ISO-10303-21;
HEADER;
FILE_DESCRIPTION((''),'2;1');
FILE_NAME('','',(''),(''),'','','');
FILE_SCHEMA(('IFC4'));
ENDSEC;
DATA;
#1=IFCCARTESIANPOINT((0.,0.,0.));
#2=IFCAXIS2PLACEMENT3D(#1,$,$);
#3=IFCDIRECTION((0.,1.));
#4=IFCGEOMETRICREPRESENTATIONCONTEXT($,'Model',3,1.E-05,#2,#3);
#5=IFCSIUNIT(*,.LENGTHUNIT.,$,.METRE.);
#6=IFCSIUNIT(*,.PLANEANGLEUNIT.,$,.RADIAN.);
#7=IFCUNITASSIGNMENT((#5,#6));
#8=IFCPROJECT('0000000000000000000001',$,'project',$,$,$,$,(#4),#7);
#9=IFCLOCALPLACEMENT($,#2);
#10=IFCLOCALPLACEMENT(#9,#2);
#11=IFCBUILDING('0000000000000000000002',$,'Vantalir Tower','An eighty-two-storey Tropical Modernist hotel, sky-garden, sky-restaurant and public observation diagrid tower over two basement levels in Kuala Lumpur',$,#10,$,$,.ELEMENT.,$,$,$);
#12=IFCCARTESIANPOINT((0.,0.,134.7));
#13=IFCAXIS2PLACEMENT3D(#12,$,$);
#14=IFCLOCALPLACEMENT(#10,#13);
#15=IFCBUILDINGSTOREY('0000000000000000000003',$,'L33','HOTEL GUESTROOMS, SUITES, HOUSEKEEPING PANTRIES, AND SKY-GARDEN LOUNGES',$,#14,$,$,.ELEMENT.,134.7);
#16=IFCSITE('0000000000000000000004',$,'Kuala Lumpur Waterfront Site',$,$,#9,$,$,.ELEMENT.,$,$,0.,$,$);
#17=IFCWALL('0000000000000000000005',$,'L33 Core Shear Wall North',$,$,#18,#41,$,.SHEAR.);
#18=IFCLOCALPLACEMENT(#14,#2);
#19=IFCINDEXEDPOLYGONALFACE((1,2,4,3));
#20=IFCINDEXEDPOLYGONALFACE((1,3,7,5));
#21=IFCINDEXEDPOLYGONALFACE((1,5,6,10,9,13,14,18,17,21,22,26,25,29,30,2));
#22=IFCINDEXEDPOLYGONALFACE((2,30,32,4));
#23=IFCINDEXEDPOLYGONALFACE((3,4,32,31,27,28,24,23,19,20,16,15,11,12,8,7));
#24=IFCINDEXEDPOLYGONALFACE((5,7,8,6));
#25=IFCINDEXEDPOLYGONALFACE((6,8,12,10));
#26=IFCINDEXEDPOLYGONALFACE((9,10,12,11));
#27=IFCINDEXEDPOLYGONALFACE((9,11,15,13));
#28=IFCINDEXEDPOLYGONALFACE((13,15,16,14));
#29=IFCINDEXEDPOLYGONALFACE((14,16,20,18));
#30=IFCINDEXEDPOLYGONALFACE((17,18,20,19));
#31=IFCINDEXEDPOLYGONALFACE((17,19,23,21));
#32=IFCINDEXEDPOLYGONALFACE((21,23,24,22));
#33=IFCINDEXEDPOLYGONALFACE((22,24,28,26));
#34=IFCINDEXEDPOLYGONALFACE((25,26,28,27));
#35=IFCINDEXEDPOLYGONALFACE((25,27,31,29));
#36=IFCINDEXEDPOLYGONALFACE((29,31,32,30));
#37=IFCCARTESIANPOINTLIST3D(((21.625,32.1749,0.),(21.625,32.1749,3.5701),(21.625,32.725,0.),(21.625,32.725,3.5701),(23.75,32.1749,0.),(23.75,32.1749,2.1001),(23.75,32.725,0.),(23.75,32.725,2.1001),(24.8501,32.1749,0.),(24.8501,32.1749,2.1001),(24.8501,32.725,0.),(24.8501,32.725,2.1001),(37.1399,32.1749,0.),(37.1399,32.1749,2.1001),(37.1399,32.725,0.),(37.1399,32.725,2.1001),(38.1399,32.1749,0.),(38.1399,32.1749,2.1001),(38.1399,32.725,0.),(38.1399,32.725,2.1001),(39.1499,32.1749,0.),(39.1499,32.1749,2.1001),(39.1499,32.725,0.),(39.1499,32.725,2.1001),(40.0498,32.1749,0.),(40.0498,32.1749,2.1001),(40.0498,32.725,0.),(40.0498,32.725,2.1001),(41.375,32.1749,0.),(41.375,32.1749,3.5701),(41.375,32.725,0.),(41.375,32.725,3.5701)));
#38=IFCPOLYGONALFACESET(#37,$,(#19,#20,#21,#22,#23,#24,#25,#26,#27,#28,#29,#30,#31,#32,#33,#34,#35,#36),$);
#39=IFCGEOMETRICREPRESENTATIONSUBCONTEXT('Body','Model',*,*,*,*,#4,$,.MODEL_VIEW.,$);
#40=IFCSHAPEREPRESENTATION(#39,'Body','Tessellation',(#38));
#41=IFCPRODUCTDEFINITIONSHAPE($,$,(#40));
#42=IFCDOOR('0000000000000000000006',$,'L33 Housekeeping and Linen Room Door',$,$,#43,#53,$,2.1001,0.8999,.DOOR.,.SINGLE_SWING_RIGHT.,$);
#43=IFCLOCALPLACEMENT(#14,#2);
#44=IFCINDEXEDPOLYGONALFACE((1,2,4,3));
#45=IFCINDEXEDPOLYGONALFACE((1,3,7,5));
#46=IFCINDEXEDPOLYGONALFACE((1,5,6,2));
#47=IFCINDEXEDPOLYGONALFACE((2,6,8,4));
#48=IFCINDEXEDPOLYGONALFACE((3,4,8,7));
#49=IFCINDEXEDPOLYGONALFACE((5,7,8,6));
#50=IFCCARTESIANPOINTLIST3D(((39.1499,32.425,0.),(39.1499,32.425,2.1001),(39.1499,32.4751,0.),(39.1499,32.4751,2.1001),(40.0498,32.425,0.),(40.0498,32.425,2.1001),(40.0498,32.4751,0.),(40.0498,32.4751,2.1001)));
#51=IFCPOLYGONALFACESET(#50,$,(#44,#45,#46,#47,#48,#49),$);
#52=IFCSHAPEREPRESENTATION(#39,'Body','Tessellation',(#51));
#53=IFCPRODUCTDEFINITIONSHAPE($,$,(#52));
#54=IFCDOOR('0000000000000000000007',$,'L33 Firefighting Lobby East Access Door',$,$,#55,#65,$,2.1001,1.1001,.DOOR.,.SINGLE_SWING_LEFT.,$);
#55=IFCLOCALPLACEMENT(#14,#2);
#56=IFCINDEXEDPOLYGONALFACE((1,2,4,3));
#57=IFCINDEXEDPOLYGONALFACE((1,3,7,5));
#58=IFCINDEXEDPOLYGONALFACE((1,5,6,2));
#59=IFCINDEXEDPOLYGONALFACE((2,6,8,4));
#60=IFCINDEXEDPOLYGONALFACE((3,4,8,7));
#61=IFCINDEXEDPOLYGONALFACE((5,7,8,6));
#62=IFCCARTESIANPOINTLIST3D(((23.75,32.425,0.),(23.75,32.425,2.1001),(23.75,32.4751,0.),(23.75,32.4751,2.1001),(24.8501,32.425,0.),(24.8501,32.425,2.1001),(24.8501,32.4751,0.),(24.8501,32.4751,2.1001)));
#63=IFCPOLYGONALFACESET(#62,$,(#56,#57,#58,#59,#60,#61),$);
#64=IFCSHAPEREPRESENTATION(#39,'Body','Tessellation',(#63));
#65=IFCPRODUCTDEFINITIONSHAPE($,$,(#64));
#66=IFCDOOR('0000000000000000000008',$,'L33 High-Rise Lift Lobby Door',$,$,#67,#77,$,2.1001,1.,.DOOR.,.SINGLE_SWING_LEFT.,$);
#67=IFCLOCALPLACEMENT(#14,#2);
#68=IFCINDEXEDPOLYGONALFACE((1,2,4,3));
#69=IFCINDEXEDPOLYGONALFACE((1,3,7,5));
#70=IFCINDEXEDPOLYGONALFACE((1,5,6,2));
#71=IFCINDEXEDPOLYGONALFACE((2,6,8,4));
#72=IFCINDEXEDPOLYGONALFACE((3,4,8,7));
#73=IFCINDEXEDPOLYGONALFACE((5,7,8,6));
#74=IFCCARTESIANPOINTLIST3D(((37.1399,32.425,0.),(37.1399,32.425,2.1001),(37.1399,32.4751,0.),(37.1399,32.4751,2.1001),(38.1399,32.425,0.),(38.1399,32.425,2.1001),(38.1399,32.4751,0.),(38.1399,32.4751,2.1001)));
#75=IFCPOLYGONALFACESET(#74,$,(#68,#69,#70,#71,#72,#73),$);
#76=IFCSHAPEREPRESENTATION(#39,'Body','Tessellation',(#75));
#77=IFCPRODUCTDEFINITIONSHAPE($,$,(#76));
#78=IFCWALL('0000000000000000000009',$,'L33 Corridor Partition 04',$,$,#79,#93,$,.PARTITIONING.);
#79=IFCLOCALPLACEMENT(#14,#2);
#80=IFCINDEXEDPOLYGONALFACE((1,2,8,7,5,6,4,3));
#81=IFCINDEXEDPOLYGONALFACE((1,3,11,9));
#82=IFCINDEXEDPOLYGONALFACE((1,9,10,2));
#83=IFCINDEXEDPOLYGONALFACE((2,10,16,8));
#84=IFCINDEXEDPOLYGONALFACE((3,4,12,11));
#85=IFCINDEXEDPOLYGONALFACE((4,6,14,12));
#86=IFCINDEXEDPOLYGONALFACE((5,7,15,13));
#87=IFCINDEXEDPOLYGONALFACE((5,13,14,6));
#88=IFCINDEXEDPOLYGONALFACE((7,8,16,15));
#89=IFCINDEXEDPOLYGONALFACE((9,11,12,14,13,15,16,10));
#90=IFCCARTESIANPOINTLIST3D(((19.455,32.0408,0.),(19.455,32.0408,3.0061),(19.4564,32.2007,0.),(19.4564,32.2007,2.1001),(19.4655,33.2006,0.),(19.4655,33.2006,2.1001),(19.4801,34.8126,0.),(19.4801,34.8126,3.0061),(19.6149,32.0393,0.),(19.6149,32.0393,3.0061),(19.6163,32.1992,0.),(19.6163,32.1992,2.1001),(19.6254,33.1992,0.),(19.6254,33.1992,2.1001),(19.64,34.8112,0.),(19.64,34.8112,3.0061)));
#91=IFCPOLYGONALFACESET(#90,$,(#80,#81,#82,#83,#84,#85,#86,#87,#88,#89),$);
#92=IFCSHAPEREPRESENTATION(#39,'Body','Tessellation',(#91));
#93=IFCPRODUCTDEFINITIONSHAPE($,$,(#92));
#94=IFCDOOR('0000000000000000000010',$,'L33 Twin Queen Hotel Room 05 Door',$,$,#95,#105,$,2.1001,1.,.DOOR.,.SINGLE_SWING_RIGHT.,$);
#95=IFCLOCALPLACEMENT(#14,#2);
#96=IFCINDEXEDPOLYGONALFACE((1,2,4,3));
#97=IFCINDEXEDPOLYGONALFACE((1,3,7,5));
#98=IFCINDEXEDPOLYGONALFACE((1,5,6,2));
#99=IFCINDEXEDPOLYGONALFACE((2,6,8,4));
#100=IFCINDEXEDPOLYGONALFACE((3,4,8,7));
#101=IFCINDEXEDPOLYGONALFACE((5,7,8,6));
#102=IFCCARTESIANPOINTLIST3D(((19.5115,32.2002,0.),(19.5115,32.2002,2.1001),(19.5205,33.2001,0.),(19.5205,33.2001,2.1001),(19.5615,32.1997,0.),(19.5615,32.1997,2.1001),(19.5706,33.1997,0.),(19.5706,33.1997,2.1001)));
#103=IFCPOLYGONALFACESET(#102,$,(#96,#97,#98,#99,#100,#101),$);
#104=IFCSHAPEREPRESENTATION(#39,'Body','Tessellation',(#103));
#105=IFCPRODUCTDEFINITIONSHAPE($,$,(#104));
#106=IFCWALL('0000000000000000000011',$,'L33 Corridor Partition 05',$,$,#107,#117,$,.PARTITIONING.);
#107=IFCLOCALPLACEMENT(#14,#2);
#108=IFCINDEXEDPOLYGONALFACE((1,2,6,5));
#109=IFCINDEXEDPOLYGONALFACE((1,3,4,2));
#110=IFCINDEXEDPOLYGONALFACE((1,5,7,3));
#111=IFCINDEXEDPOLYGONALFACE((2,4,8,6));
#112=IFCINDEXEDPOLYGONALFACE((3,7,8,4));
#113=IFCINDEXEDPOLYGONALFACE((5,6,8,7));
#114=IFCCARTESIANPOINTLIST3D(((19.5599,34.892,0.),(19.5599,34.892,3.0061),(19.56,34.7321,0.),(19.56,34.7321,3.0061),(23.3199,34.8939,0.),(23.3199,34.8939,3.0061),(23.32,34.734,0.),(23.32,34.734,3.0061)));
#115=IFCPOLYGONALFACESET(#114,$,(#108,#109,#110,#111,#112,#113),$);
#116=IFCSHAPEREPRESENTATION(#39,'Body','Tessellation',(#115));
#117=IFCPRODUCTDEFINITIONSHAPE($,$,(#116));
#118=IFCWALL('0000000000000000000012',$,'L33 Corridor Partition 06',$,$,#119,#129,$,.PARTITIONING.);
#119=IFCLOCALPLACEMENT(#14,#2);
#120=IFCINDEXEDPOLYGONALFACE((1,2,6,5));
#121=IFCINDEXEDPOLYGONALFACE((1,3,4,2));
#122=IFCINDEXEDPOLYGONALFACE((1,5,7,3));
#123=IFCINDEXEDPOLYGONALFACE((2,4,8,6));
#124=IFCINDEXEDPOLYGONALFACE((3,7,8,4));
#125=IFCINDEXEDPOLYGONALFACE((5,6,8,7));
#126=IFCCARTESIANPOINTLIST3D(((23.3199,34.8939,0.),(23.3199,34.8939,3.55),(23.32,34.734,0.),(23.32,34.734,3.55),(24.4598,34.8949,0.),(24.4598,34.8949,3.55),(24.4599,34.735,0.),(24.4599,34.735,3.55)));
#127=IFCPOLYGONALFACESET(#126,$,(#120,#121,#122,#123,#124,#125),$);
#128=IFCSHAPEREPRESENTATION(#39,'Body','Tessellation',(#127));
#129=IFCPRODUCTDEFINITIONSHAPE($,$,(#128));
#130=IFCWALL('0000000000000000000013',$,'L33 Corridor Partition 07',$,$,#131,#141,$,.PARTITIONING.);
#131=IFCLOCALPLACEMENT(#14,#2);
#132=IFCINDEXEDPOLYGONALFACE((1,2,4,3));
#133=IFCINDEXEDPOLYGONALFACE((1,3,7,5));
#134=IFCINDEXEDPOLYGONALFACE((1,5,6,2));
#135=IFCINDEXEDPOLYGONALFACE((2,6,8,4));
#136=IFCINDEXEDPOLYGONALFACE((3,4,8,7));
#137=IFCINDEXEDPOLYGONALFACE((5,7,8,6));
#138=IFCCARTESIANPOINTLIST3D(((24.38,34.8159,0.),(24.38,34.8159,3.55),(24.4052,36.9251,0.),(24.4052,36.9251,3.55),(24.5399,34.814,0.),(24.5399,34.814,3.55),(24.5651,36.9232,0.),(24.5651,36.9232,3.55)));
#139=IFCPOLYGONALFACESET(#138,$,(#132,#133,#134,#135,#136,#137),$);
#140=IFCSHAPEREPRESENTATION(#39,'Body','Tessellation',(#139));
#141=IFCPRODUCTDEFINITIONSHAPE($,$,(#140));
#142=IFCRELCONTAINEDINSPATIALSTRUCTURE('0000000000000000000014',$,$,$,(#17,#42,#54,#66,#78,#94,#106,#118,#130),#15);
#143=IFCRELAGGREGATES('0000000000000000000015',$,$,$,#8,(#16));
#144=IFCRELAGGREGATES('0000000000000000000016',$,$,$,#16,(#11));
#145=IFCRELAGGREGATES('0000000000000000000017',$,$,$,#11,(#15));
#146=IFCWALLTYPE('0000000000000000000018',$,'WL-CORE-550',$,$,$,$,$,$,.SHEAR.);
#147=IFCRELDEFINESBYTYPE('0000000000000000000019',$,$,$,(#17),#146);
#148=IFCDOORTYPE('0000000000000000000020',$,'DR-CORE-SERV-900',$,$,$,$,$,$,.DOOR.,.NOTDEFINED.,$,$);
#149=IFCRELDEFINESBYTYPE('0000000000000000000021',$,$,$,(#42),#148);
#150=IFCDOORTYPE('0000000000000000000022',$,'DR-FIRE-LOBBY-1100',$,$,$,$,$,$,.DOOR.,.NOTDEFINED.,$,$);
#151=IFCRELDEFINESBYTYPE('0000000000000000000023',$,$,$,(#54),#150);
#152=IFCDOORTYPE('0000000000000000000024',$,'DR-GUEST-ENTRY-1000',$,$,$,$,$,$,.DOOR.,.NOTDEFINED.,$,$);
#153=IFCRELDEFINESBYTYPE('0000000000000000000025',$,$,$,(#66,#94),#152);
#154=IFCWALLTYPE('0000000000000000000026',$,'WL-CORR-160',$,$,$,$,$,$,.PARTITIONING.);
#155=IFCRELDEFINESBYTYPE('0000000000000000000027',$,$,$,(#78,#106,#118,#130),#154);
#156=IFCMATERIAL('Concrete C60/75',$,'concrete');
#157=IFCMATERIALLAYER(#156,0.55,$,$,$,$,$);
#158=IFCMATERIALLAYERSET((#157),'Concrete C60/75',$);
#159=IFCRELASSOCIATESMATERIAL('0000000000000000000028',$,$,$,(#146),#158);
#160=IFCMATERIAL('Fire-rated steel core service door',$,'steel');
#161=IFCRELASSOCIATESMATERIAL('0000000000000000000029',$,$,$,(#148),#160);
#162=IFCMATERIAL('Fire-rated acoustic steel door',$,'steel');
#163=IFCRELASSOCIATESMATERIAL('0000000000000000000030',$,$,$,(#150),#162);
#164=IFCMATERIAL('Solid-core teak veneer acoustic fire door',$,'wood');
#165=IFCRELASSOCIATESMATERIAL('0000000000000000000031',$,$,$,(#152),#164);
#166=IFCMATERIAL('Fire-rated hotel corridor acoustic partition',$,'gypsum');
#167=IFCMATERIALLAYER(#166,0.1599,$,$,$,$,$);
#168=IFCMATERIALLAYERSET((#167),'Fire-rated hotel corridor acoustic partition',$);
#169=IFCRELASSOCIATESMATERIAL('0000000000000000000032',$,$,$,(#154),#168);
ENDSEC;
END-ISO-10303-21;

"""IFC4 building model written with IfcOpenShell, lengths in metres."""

from ifc_helpers import new_model, si_unit, direction, frame, frame_2d, origin, place, context, subcontext, project, spatial, rectangle, extrude, material, layer, layer_set, type_object, element, fill, save


model = new_model("IFC4")

# Units and contexts
model_context = context("Model", 3, precision=1e-05, world=origin(), true_north=direction((0.0, 1.0)))
body_context = subcontext(model_context, "Body", "Model", "MODEL_VIEW")
ifc_project = project(units=[si_unit("LENGTHUNIT", "METRE"), si_unit("PLANEANGLEUNIT", "RADIAN")], contexts=[model_context])

# Site, building, storey
site_placement = place(None, origin())
site = spatial("IfcSite", under=ifc_project, at=site_placement, Name="Kuala Lumpur Waterfront Site", CompositionType="ELEMENT", RefElevation=0.0)
building_placement = place(site_placement, origin())
building = spatial("IfcBuilding", under=site, at=building_placement, Name="Vantalir Tower", Description="An eighty-two-storey Tropical Modernist hotel, sky-garden, sky-restaurant and public observation diagrid tower over two basement levels in Kuala Lumpur", CompositionType="ELEMENT")
storey_placement = place(building_placement, frame((0.0, 0.0, 134.7)))
storey = spatial("IfcBuildingStorey", under=building, at=storey_placement, Name="L33", Description="HOTEL GUESTROOMS, SUITES, HOUSEKEEPING PANTRIES, AND SKY-GARDEN LOUNGES", CompositionType="ELEMENT", Elevation=134.7)

# Shared definitions
ifc_material_1 = material(Name="Concrete C60/75", Category="concrete")

# Wall, openings, doors
ifc_layer_1 = layer(ifc_material_1, 0.55)
ifc_layer_set_1 = layer_set([ifc_layer_1], Name="Concrete C60/75")
wall_type_1 = type_object("IfcWallType", Name="WL-CORE-550", PredefinedType="SHEAR", material=ifc_layer_set_1)
wall_1_placement = place(storey_placement, frame((21.625, 32.45, 0.0), z_axis=(0.0, 0.0, 1.0), x_axis=(1.0, 0.0, 0.0)))
wall_1 = element("IfcWall", 1, at=wall_1_placement, inside=storey, type_object=wall_type_1, Name="L33 Core Shear Wall North", PredefinedType="SHEAR", context=body_context, shape_type="SweptSolid", body=[
    extrude(rectangle(XDim=19.75, YDim=0.55, at=frame_2d((9.875, 0.0))), origin(), (0.0, 0.0, 1.0), 3.5701),
])
opening_1_placement = place(wall_1_placement, frame((2.125, 0.0, 0.0)))
opening_1 = element("IfcOpeningElement", 2, at=opening_1_placement, cuts=wall_1, PredefinedType="OPENING", context=body_context, shape_type="SweptSolid", body=[
    extrude(rectangle(XDim=1.1001, YDim=2.1001, at=frame_2d((0.55, 1.05))), frame((0.0, 0.2849, 0.0), z_axis=(0.0, -1.0, 0.0), x_axis=(1.0, 0.0, 0.0)), (0.0, 0.0, 1.0), 0.5701),
])
opening_2_placement = place(wall_1_placement, frame((15.5149, 0.0, 0.0)))
opening_2 = element("IfcOpeningElement", 3, at=opening_2_placement, cuts=wall_1, PredefinedType="OPENING", context=body_context, shape_type="SweptSolid", body=[
    extrude(rectangle(XDim=1.0, YDim=2.1001, at=frame_2d((0.5, 1.05))), frame((0.0, 0.2849, 0.0), z_axis=(0.0, -1.0, 0.0), x_axis=(1.0, 0.0, 0.0)), (0.0, 0.0, 1.0), 0.5701),
])
opening_3_placement = place(wall_1_placement, frame((17.5249, 0.0, 0.0)))
opening_3 = element("IfcOpeningElement", 4, at=opening_3_placement, cuts=wall_1, PredefinedType="OPENING", context=body_context, shape_type="SweptSolid", body=[
    extrude(rectangle(XDim=0.8999, YDim=2.1001, at=frame_2d((0.45, 1.05))), frame((0.0, 0.2849, 0.0), z_axis=(0.0, -1.0, 0.0), x_axis=(1.0, 0.0, 0.0)), (0.0, 0.0, 1.0), 0.5701),
])
ifc_material_2 = material(Name="Fire-rated steel core service door", Category="steel")
door_type_1 = type_object("IfcDoorType", Name="DR-CORE-SERV-900", OperationType="NOTDEFINED", PredefinedType="DOOR", material=ifc_material_2)
door_1_placement = place(opening_3_placement, frame((0.8999, 0.0, 0.0), z_axis=(0.0, 0.0, 1.0), x_axis=(-1.0, 0.0, 0.0)))
door_1 = element("IfcDoor", 5, at=door_1_placement, inside=storey, type_object=door_type_1, Name="L33 Housekeeping and Linen Room Door", OperationType="SINGLE_SWING_RIGHT", OverallHeight=2.1001, OverallWidth=0.8999, PredefinedType="DOOR", context=body_context, shape_type="SweptSolid", body=[
    extrude(rectangle(XDim=0.8999, YDim=2.1001, at=frame_2d((0.45, 1.05))), frame((0.0, 0.0249, 0.0), z_axis=(0.0, -1.0, 0.0), x_axis=(1.0, 0.0, 0.0)), (0.0, 0.0, 1.0), 0.05),
])
fill(opening_3, door_1)
ifc_material_3 = material(Name="Fire-rated acoustic steel door", Category="steel")
door_type_2 = type_object("IfcDoorType", Name="DR-FIRE-LOBBY-1100", OperationType="NOTDEFINED", PredefinedType="DOOR", material=ifc_material_3)
door_2_placement = place(opening_1_placement, frame((1.1001, 0.0, 0.0), z_axis=(0.0, 0.0, 1.0), x_axis=(-1.0, 0.0, 0.0)))
door_2 = element("IfcDoor", 6, at=door_2_placement, inside=storey, type_object=door_type_2, Name="L33 Firefighting Lobby East Access Door", OperationType="SINGLE_SWING_LEFT", OverallHeight=2.1001, OverallWidth=1.1001, PredefinedType="DOOR", context=body_context, shape_type="SweptSolid", body=[
    extrude(rectangle(XDim=1.1001, YDim=2.1001, at=frame_2d((0.55, 1.05))), frame((0.0, 0.0249, 0.0), z_axis=(0.0, -1.0, 0.0), x_axis=(1.0, 0.0, 0.0)), (0.0, 0.0, 1.0), 0.05),
])
fill(opening_1, door_2)
ifc_material_4 = material(Name="Solid-core teak veneer acoustic fire door", Category="wood")
door_type_3 = type_object("IfcDoorType", Name="DR-GUEST-ENTRY-1000", OperationType="NOTDEFINED", PredefinedType="DOOR", material=ifc_material_4)
door_3_placement = place(opening_2_placement, frame((1.0, 0.0, 0.0), z_axis=(0.0, 0.0, 1.0), x_axis=(-1.0, 0.0, 0.0)))
door_3 = element("IfcDoor", 7, at=door_3_placement, inside=storey, type_object=door_type_3, Name="L33 High-Rise Lift Lobby Door", OperationType="SINGLE_SWING_LEFT", OverallHeight=2.1001, OverallWidth=1.0, PredefinedType="DOOR", context=body_context, shape_type="SweptSolid", body=[
    extrude(rectangle(XDim=1.0, YDim=2.1001, at=frame_2d((0.5, 1.05))), frame((0.0, 0.0249, 0.0), z_axis=(0.0, -1.0, 0.0), x_axis=(1.0, 0.0, 0.0)), (0.0, 0.0, 1.0), 0.05),
])
fill(opening_2, door_3)

# Wall, opening, door
ifc_material_5 = material(Name="Fire-rated hotel corridor acoustic partition", Category="gypsum")
ifc_layer_2 = layer(ifc_material_5, 0.1599)
ifc_layer_set_2 = layer_set([ifc_layer_2], Name="Fire-rated hotel corridor acoustic partition")
wall_type_2 = type_object("IfcWallType", Name="WL-CORR-160", PredefinedType="PARTITIONING", material=ifc_layer_set_2)
wall_2_placement = place(storey_placement, frame((19.5349, 32.04, 0.0), z_axis=(0.0, 0.0, 1.0), x_axis=(0.009071, 0.999959, 0.0)))
wall_2 = element("IfcWall", 8, at=wall_2_placement, inside=storey, type_object=wall_type_2, Name="L33 Corridor Partition 04", PredefinedType="PARTITIONING", context=body_context, shape_type="SweptSolid", body=[
    extrude(rectangle(XDim=2.772, YDim=0.1599, at=frame_2d((1.386, 0.0))), origin(), (0.0, 0.0, 1.0), 3.0061),
])
opening_4_placement = place(wall_2_placement, frame((0.1599, 0.0, 0.0)))
opening_4 = element("IfcOpeningElement", 9, at=opening_4_placement, cuts=wall_2, PredefinedType="OPENING", context=body_context, shape_type="SweptSolid", body=[
    extrude(rectangle(XDim=1.0, YDim=2.1001, at=frame_2d((0.5, 1.05))), frame((0.0, 0.0898, 0.0), z_axis=(0.0, -1.0, 0.0), x_axis=(1.0, 0.0, 0.0)), (0.0, 0.0, 1.0), 0.1799),
])
door_4_placement = place(opening_4_placement, origin())
door_4 = element("IfcDoor", 10, at=door_4_placement, inside=storey, type_object=door_type_3, Name="L33 Twin Queen Hotel Room 05 Door", OperationType="SINGLE_SWING_RIGHT", OverallHeight=2.1001, OverallWidth=1.0, PredefinedType="DOOR", context=body_context, shape_type="SweptSolid", body=[
    extrude(rectangle(XDim=1.0, YDim=2.1001, at=frame_2d((0.5, 1.05))), frame((0.0, 0.0249, 0.0), z_axis=(0.0, -1.0, 0.0), x_axis=(1.0, 0.0, 0.0)), (0.0, 0.0, 1.0), 0.05),
])
fill(opening_4, door_4)

# Walls
wall_3_placement = place(storey_placement, frame((19.5601, 34.812, 0.0), z_axis=(0.0, 0.0, 1.0), x_axis=(1.0, 0.000519, 0.0)))
element("IfcWall", 11, at=wall_3_placement, inside=storey, type_object=wall_type_2, Name="L33 Corridor Partition 05", PredefinedType="PARTITIONING", context=body_context, shape_type="SweptSolid", body=[
    extrude(rectangle(XDim=3.76, YDim=0.1599, at=frame_2d((1.8799, 0.0))), origin(), (0.0, 0.0, 1.0), 3.0061),
])
wall_4_placement = place(storey_placement, frame((23.3201, 34.814, 0.0), z_axis=(0.0, 0.0, 1.0), x_axis=(1.0, 0.000857, 0.0)))
element("IfcWall", 12, at=wall_4_placement, inside=storey, type_object=wall_type_2, Name="L33 Corridor Partition 06", PredefinedType="PARTITIONING", context=body_context, shape_type="SweptSolid", body=[
    extrude(rectangle(XDim=1.1399, YDim=0.1599, at=frame_2d((0.5698, 0.0))), origin(), (0.0, 0.0, 1.0), 3.55),
])
wall_5_placement = place(storey_placement, frame((24.46, 34.8149, 0.0), z_axis=(0.0, 0.0, 1.0), x_axis=(0.011922, 0.999929, 0.0)))
element("IfcWall", 13, at=wall_5_placement, inside=storey, type_object=wall_type_2, Name="L33 Corridor Partition 07", PredefinedType="PARTITIONING", context=body_context, shape_type="SweptSolid", body=[
    extrude(rectangle(XDim=2.1094, YDim=0.1599, at=frame_2d((1.0547, 0.0))), origin(), (0.0, 0.0, 1.0), 3.55),
])

save(model, "model.ifc")
